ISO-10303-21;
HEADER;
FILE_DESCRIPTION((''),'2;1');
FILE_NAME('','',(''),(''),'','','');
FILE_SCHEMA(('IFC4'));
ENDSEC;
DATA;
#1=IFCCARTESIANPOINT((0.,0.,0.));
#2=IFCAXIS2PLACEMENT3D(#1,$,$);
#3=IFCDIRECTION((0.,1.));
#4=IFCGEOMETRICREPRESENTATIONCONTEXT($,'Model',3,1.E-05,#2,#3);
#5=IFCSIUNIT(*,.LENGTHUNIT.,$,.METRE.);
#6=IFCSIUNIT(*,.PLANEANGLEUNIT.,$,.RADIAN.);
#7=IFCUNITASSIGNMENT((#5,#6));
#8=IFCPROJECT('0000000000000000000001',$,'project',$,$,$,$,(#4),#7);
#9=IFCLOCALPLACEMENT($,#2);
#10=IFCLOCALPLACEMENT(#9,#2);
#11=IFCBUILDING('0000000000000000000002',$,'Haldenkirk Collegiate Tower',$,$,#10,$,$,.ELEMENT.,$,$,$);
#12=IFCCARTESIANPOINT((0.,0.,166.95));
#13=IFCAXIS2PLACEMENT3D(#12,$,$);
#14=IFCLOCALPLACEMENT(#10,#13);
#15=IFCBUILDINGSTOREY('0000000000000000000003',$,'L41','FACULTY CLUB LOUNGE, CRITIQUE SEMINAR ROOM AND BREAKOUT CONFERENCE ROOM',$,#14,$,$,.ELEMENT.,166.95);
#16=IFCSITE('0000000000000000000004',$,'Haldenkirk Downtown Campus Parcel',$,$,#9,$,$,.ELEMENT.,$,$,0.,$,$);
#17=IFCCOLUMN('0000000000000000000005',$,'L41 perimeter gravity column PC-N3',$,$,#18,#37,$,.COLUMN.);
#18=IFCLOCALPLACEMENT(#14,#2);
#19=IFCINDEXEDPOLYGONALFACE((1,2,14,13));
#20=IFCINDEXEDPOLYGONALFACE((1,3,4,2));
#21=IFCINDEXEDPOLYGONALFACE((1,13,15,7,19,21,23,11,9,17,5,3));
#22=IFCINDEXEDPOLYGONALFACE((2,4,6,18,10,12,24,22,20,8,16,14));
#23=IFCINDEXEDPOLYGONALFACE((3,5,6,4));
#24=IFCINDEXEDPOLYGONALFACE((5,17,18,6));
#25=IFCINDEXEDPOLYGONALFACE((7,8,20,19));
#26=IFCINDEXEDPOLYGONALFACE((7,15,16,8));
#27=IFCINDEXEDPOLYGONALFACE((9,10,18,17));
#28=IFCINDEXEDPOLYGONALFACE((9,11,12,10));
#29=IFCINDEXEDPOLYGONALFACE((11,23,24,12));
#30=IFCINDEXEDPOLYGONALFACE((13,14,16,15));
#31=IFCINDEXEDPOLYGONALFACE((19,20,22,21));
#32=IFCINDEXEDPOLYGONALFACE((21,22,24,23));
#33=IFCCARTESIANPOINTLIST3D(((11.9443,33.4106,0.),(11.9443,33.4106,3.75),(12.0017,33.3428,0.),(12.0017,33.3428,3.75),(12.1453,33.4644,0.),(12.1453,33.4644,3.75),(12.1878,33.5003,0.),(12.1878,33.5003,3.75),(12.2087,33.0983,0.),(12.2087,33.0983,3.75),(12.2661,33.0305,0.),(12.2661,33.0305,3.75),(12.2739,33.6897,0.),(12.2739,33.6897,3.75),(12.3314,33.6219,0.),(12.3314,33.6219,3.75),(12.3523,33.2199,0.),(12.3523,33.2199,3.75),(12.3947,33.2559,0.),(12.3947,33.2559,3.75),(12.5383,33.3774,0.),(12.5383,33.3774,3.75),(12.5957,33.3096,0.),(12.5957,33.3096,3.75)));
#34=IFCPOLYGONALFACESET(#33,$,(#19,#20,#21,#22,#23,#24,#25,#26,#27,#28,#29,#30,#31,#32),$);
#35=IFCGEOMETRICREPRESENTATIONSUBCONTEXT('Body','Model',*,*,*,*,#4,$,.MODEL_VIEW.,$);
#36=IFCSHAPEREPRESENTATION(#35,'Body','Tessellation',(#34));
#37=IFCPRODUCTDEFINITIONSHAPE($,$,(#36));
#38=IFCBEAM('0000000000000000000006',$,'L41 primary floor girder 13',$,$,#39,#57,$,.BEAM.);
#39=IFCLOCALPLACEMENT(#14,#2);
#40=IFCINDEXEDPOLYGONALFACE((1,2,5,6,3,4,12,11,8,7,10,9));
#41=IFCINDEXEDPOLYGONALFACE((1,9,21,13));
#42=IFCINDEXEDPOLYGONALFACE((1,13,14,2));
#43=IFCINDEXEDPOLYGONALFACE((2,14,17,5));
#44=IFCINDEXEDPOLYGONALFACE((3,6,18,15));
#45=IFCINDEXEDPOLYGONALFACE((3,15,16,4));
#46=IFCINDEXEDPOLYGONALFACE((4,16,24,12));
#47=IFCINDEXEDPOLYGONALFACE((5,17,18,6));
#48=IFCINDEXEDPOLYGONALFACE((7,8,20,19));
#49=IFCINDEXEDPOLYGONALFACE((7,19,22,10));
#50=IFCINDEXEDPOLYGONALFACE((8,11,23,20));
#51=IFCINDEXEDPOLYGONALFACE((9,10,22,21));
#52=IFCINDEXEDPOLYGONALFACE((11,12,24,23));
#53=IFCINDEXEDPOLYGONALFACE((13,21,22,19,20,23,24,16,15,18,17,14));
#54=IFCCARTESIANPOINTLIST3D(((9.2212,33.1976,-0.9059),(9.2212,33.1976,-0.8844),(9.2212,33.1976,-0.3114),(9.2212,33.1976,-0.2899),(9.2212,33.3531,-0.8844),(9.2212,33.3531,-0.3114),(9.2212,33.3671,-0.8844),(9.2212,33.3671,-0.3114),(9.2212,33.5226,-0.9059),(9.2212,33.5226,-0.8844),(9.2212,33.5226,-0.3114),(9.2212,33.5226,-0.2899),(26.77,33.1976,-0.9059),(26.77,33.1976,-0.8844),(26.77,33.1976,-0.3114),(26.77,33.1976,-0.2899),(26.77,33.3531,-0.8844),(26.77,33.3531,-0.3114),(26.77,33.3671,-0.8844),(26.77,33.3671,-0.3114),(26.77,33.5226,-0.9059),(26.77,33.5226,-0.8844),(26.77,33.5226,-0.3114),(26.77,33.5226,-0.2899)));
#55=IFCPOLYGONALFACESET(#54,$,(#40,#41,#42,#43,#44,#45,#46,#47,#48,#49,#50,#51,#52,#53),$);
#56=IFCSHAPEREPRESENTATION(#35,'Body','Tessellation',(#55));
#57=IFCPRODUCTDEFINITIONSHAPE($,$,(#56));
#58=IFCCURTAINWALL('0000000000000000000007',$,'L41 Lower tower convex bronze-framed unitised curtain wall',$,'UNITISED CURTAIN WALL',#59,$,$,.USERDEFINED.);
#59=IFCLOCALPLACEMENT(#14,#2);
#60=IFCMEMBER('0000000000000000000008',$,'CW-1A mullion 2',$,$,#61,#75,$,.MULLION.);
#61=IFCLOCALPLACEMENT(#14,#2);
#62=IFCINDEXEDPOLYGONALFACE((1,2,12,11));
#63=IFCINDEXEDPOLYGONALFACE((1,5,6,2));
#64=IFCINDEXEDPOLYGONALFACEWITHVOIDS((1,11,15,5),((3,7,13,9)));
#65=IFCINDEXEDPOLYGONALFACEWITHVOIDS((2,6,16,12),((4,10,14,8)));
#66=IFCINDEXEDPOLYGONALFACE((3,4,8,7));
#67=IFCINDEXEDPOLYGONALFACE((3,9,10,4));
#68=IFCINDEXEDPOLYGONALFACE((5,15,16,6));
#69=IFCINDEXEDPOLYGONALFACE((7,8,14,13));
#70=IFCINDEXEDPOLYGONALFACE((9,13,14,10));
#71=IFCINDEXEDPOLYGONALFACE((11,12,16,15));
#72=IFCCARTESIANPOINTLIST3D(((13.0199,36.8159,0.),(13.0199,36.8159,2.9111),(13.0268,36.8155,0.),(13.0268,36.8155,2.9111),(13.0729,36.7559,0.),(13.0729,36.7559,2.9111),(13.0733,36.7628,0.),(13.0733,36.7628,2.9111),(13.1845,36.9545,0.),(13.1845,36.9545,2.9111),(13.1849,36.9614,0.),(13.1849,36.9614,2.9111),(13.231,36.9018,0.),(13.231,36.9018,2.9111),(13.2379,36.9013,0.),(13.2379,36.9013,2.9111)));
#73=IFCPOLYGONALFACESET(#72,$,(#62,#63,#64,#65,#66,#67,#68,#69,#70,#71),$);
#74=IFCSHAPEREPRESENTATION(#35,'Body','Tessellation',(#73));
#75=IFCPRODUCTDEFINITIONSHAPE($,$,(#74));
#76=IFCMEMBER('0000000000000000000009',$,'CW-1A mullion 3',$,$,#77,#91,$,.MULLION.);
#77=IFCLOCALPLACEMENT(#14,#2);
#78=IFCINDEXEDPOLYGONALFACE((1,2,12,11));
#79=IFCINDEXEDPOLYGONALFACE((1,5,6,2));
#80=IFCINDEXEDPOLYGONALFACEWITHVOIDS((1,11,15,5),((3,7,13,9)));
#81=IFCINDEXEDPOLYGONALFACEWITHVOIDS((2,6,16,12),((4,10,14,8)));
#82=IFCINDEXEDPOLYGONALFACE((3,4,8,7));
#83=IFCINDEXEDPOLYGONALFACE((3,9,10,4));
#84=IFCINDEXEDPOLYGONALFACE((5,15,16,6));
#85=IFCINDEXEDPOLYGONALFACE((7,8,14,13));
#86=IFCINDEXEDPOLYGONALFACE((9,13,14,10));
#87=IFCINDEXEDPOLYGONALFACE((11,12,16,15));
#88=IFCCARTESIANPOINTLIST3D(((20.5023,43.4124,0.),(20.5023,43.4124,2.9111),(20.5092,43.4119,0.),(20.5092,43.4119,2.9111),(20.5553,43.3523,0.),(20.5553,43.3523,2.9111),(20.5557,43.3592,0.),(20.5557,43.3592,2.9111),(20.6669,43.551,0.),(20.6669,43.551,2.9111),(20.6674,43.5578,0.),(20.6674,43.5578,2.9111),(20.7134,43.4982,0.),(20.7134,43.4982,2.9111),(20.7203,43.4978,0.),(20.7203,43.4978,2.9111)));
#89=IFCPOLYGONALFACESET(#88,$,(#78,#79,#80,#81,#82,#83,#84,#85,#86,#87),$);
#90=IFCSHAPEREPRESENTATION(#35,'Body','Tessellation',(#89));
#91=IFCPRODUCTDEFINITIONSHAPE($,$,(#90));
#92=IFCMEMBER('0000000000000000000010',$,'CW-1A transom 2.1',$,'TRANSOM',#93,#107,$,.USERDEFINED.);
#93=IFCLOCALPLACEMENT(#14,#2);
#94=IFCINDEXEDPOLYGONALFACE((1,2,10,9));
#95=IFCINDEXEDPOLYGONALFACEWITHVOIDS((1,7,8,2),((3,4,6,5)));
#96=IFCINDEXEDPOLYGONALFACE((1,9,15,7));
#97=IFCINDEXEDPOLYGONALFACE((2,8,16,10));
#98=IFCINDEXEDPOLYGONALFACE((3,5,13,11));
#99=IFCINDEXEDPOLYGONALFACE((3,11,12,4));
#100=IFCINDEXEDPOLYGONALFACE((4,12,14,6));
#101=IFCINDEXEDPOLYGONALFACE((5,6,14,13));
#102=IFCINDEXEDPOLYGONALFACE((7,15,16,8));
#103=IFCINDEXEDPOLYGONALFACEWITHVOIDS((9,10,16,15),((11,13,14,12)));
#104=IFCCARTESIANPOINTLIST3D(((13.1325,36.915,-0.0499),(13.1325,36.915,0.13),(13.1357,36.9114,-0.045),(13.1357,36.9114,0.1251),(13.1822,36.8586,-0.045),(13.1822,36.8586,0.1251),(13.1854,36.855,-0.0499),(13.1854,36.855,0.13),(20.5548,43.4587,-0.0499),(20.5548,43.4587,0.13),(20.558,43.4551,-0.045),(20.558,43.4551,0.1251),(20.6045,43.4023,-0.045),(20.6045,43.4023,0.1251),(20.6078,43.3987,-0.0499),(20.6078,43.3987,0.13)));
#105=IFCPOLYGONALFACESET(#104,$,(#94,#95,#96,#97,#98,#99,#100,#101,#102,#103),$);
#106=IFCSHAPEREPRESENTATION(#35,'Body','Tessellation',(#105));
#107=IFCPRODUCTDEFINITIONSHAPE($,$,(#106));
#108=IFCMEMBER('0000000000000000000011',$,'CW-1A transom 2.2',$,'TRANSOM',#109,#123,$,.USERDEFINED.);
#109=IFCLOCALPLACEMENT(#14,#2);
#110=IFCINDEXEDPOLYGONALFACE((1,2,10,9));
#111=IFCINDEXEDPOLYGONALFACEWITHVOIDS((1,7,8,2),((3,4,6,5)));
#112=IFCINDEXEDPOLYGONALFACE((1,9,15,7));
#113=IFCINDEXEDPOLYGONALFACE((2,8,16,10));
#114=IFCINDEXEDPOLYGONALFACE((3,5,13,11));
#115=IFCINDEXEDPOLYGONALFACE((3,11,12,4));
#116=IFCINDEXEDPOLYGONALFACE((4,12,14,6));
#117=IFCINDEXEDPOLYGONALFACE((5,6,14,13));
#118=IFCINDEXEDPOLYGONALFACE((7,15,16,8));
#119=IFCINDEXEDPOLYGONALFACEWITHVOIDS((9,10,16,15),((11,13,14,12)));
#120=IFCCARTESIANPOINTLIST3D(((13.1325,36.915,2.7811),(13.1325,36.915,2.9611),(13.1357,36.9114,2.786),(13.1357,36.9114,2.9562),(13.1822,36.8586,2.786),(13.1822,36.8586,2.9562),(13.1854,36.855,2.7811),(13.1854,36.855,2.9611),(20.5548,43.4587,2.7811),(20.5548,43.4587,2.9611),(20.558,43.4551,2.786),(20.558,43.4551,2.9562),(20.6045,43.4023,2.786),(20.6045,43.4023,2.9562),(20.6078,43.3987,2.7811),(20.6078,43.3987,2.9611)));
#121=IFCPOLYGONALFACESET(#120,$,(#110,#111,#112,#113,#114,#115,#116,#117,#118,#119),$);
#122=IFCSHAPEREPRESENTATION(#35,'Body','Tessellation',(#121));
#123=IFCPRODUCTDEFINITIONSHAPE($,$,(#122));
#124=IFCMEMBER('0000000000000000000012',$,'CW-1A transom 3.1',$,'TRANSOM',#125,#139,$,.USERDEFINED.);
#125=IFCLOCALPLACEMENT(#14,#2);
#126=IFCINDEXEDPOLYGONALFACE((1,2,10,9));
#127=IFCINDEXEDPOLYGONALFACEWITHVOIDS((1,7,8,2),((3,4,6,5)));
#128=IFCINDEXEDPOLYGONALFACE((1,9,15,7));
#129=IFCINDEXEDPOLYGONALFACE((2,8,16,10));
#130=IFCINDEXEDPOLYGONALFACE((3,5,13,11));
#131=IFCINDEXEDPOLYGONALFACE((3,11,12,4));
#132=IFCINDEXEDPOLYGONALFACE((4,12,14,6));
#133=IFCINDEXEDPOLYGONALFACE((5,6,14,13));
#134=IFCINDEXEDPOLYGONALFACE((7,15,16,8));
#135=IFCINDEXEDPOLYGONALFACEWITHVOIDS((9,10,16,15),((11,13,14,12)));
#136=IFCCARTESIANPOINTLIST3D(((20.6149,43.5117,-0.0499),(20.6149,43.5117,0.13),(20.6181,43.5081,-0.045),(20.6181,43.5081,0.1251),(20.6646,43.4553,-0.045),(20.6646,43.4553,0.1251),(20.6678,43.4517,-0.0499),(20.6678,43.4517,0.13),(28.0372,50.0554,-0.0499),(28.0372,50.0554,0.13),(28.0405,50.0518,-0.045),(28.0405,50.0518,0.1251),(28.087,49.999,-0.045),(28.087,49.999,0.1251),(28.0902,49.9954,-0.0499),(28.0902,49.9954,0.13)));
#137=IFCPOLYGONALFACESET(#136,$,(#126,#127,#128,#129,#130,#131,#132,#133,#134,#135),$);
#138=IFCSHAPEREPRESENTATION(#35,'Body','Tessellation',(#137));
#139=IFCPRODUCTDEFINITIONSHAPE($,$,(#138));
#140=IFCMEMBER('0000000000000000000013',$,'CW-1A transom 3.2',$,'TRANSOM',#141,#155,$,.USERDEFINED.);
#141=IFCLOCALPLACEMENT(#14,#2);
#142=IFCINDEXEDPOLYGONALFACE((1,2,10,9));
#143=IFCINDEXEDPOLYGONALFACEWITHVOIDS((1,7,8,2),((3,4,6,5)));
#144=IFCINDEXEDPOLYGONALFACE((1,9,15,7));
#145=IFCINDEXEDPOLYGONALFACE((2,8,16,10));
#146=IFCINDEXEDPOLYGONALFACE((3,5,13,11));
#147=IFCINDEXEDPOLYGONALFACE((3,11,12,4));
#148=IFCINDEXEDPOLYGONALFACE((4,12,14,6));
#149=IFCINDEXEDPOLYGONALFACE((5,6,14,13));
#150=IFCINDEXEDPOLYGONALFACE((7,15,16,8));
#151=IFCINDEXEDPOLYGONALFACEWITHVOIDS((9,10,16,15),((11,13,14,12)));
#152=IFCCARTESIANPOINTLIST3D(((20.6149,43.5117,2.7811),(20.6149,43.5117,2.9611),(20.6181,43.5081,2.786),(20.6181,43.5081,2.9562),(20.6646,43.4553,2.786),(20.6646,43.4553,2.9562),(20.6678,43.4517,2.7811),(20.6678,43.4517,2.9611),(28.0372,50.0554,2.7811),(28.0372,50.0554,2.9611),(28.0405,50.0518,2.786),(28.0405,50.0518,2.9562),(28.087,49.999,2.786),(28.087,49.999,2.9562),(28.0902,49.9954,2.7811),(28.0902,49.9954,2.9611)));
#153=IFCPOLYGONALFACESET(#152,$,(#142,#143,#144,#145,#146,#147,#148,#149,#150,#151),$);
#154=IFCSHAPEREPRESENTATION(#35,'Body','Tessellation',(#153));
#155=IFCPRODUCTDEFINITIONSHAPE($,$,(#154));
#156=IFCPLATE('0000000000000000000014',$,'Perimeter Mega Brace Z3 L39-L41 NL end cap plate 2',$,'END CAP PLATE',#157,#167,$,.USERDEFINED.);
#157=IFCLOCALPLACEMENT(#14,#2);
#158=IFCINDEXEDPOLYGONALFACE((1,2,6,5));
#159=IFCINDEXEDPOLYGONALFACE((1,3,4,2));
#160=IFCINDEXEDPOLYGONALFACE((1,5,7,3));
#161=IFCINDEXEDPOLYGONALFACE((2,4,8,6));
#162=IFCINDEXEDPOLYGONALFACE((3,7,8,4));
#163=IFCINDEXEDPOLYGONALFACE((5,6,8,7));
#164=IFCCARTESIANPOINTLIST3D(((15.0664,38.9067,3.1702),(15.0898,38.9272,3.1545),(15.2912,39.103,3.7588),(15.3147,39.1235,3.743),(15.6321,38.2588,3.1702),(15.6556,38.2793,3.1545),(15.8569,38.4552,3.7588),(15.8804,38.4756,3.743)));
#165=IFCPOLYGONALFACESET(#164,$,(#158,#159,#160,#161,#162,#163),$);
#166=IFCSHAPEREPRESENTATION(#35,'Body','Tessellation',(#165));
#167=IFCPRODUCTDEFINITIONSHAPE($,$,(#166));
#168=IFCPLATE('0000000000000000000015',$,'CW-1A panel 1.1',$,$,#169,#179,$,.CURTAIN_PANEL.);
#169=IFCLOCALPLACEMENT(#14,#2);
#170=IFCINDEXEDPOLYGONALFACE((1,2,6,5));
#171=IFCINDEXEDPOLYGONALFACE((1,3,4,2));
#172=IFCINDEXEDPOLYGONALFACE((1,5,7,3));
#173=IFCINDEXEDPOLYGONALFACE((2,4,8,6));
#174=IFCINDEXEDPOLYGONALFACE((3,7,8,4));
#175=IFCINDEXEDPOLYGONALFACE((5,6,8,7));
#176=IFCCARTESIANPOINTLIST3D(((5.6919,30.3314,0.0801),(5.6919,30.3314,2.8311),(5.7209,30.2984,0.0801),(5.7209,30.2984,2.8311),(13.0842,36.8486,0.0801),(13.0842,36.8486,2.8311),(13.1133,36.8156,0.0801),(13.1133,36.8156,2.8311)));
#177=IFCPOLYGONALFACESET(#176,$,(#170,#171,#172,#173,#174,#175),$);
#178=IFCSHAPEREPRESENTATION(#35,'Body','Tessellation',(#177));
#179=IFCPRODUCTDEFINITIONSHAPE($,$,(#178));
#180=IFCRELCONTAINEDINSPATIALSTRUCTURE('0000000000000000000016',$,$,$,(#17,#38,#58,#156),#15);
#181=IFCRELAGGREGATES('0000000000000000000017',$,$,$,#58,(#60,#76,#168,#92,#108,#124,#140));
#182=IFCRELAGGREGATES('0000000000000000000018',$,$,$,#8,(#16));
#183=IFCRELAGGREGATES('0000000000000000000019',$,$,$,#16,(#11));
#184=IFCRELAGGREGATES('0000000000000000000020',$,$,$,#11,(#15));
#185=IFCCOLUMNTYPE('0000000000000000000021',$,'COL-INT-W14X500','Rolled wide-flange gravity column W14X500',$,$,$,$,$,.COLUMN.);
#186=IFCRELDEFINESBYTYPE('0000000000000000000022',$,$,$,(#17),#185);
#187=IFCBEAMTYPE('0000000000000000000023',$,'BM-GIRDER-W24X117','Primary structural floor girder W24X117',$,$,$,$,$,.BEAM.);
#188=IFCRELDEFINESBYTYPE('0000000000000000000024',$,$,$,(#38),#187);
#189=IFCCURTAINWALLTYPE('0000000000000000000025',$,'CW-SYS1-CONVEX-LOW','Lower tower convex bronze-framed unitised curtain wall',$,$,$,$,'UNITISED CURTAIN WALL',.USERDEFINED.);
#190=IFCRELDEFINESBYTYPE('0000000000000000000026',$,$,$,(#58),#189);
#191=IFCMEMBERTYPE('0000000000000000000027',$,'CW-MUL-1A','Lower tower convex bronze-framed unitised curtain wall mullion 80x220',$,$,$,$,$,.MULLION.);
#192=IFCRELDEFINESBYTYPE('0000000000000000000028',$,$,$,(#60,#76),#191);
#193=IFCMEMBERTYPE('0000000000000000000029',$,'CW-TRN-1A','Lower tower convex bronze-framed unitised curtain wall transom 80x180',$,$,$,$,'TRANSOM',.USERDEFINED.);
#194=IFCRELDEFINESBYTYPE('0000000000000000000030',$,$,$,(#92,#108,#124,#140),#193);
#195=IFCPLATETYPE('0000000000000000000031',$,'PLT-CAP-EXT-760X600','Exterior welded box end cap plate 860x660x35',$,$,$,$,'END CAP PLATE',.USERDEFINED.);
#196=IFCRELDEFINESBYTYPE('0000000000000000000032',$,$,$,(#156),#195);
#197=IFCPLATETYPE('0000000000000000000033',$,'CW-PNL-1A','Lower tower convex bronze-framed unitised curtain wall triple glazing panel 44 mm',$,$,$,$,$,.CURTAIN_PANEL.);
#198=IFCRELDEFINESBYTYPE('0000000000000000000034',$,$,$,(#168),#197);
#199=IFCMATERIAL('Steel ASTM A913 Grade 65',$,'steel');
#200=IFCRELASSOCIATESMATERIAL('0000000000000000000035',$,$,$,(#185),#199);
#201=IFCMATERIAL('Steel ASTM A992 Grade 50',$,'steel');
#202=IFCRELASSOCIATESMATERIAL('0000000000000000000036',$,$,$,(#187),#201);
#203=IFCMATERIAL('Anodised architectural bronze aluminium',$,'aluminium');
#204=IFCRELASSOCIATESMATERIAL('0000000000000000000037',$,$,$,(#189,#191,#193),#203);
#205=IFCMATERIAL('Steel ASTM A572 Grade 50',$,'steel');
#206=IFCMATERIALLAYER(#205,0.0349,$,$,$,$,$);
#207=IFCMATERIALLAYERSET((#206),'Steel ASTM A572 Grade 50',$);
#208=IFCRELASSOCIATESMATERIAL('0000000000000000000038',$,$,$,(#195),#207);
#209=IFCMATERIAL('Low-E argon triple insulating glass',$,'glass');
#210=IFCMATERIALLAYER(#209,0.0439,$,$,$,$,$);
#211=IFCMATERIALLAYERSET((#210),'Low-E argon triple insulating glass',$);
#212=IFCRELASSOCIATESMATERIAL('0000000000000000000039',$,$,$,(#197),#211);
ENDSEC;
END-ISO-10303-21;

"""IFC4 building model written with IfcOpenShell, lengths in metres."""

from ifc_helpers import new_model, si_unit, direction, frame, origin, origin_2d, place, context, subcontext, project, spatial, rectangle, hollow_rectangle, i_section, extrude, source, transform, mapped, material, layer, layer_set, material_profile, profile_set, type_object, element, aggregate, save


model = new_model("IFC4")

# Units and contexts
model_context = context("Model", 3, precision=1e-05, world=origin(), true_north=direction((0.0, 1.0)))
body_context = subcontext(model_context, "Body", "Model", "MODEL_VIEW")
ifc_project = project(units=[si_unit("LENGTHUNIT", "METRE"), si_unit("PLANEANGLEUNIT", "RADIAN")], contexts=[model_context])

# Site, building, storey
site_placement = place(None, origin())
site = spatial("IfcSite", under=ifc_project, at=site_placement, Name="Haldenkirk Downtown Campus Parcel", CompositionType="ELEMENT", RefElevation=0.0)
building_placement = place(site_placement, origin())
building = spatial("IfcBuilding", under=site, at=building_placement, Name="Haldenkirk Collegiate Tower", CompositionType="ELEMENT")
storey_placement = place(building_placement, frame((0.0, 0.0, 166.95)))
storey = spatial("IfcBuildingStorey", under=building, at=storey_placement, Name="L41", Description="FACULTY CLUB LOUNGE, CRITIQUE SEMINAR ROOM AND BREAKOUT CONFERENCE ROOM", CompositionType="ELEMENT", Elevation=166.95)

# Column
ifc_material_1 = material(Name="Steel ASTM A913 Grade 65", Category="steel")
ifc_material_profile_1 = material_profile(ifc_material_1, i_section(OverallWidth=0.4319, OverallDepth=0.498, WebThickness=0.0557, FlangeThickness=0.0889, at=origin_2d()), Name="W14X500")
ifc_profile_set_1 = profile_set([ifc_material_profile_1], Name="Steel ASTM A913 Grade 65")
column_type = type_object("IfcColumnType", Name="COL-INT-W14X500", Description="Rolled wide-flange gravity column W14X500", PredefinedType="COLUMN", material=ifc_profile_set_1)
column_placement = place(storey_placement, frame((12.27, 33.3601, 0.0), z_axis=(0.0, 0.0, 1.0), x_axis=(0.763232, 0.646124, 0.0)))
element("IfcColumn", 1, at=column_placement, inside=storey, type_object=column_type, Name="L41 perimeter gravity column PC-N3", PredefinedType="COLUMN", context=body_context, shape_type="SweptSolid", body=[
    extrude(i_section(OverallWidth=0.4319, OverallDepth=0.498, WebThickness=0.0557, FlangeThickness=0.0889, at=origin_2d()), origin(), (0.0, 0.0, 1.0), 3.75),
])

# Beam
ifc_material_2 = material(Name="Steel ASTM A992 Grade 50", Category="steel")
ifc_material_profile_2 = material_profile(ifc_material_2, i_section(OverallWidth=0.325, OverallDepth=0.616, WebThickness=0.0139, FlangeThickness=0.0215, at=origin_2d()), Name="W24X117")
ifc_profile_set_2 = profile_set([ifc_material_profile_2], Name="Steel ASTM A992 Grade 50")
beam_type = type_object("IfcBeamType", Name="BM-GIRDER-W24X117", Description="Primary structural floor girder W24X117", PredefinedType="BEAM", material=ifc_profile_set_2)
beam_placement = place(storey_placement, frame((9.2212, 33.3601, -0.5979), z_axis=(1.0, 0.0, 0.0), x_axis=(0.0, 1.0, 0.0)))
element("IfcBeam", 2, at=beam_placement, inside=storey, type_object=beam_type, Name="L41 primary floor girder 13", PredefinedType="BEAM", context=body_context, shape_type="SweptSolid", body=[
    extrude(i_section(OverallWidth=0.325, OverallDepth=0.616, WebThickness=0.0139, FlangeThickness=0.0215, at=origin_2d()), origin(), (0.0, 0.0, 1.0), 17.5488),
])

# Curtain wall, members
ifc_material_3 = material(Name="Anodised architectural bronze aluminium", Category="aluminium")
curtain_wall_type = type_object("IfcCurtainWallType", Name="CW-SYS1-CONVEX-LOW", Description="Lower tower convex bronze-framed unitised curtain wall", ElementType="UNITISED CURTAIN WALL", PredefinedType="USERDEFINED", material=ifc_material_3)
curtain_wall_placement = place(storey_placement, origin())
curtain_wall = element("IfcCurtainWall", 3, at=curtain_wall_placement, inside=storey, type_object=curtain_wall_type, Name="L41 Lower tower convex bronze-framed unitised curtain wall", ObjectType="UNITISED CURTAIN WALL", PredefinedType="USERDEFINED")
ifc_material_profile_3 = material_profile(ifc_material_3, hollow_rectangle(XDim=0.0801, YDim=0.22, WallThickness=0.0049, at=origin_2d()), Name="CW-MUL-1A")
ifc_profile_set_3 = profile_set([ifc_material_profile_3], Name="Anodised architectural bronze aluminium")
member_type_1 = type_object("IfcMemberType", Name="CW-MUL-1A", Description="Lower tower convex bronze-framed unitised curtain wall mullion 80x220", PredefinedType="MULLION", material=ifc_profile_set_3)
member_1_placement = place(storey_placement, frame((13.1289, 36.8586, 0.0), z_axis=(0.0, 0.0, 1.0), x_axis=(-0.66131, 0.750112, 0.0)))
member_1 = element("IfcMember", 4, at=member_1_placement, type_object=member_type_1, Name="CW-1A mullion 2", PredefinedType="MULLION", context=body_context, shape_type="SweptSolid", body=[
    extrude(hollow_rectangle(XDim=0.0801, YDim=0.22, WallThickness=0.0049, at=origin_2d()), origin(), (0.0, 0.0, 1.0), 2.9111),
])
member_2_placement = place(storey_placement, frame((20.6113, 43.4551, 0.0), z_axis=(0.0, 0.0, 1.0), x_axis=(-0.66131, 0.750112, 0.0)))
member_2 = element("IfcMember", 5, at=member_2_placement, type_object=member_type_1, Name="CW-1A mullion 3", PredefinedType="MULLION", context=body_context, shape_type="SweptSolid", body=[
    extrude(hollow_rectangle(XDim=0.0801, YDim=0.22, WallThickness=0.0049, at=origin_2d()), origin(), (0.0, 0.0, 1.0), 2.9111),
])
ifc_material_profile_4 = material_profile(ifc_material_3, hollow_rectangle(XDim=0.0801, YDim=0.1799, WallThickness=0.0049, at=origin_2d()), Name="CW-TRN-1A")
ifc_profile_set_4 = profile_set([ifc_material_profile_4], Name="Anodised architectural bronze aluminium")
member_type_2 = type_object("IfcMemberType", Name="CW-TRN-1A", Description="Lower tower convex bronze-framed unitised curtain wall transom 80x180", ElementType="TRANSOM", PredefinedType="USERDEFINED", material=ifc_profile_set_4)
member_3_placement = place(storey_placement, frame((13.1589, 36.885, 0.04), z_axis=(0.750111, 0.661312, 0.0), x_axis=(-0.661312, 0.750111, 0.0)))
member_3 = element("IfcMember", 6, at=member_3_placement, type_object=member_type_2, Name="CW-1A transom 2.1", ObjectType="TRANSOM", PredefinedType="USERDEFINED", context=body_context, shape_type="SweptSolid", body=[
    extrude(hollow_rectangle(XDim=0.0801, YDim=0.1799, WallThickness=0.0049, at=origin_2d()), origin(), (0.0, 0.0, 1.0), 9.895),
])
member_4_placement = place(storey_placement, frame((13.1589, 36.885, 2.8711), z_axis=(0.750111, 0.661312, 0.0), x_axis=(-0.661312, 0.750111, 0.0)))
member_4 = element("IfcMember", 7, at=member_4_placement, type_object=member_type_2, Name="CW-1A transom 2.2", ObjectType="TRANSOM", PredefinedType="USERDEFINED", context=body_context, shape_type="SweptSolid", body=[
    extrude(hollow_rectangle(XDim=0.0801, YDim=0.1799, WallThickness=0.0049, at=origin_2d()), origin(), (0.0, 0.0, 1.0), 9.895),
])
member_5_placement = place(storey_placement, frame((20.6414, 43.4817, 0.04), z_axis=(0.750111, 0.661312, 0.0), x_axis=(-0.661312, 0.750111, 0.0)))
member_5 = element("IfcMember", 8, at=member_5_placement, type_object=member_type_2, Name="CW-1A transom 3.1", ObjectType="TRANSOM", PredefinedType="USERDEFINED", context=body_context, shape_type="SweptSolid", body=[
    extrude(hollow_rectangle(XDim=0.0801, YDim=0.1799, WallThickness=0.0049, at=origin_2d()), origin(), (0.0, 0.0, 1.0), 9.895),
])
member_6_placement = place(storey_placement, frame((20.6414, 43.4817, 2.8711), z_axis=(0.750111, 0.661312, 0.0), x_axis=(-0.661312, 0.750111, 0.0)))
member_6 = element("IfcMember", 9, at=member_6_placement, type_object=member_type_2, Name="CW-1A transom 3.2", ObjectType="TRANSOM", PredefinedType="USERDEFINED", context=body_context, shape_type="SweptSolid", body=[
    extrude(hollow_rectangle(XDim=0.0801, YDim=0.1799, WallThickness=0.0049, at=origin_2d()), origin(), (0.0, 0.0, 1.0), 9.895),
])

# Plates
ifc_material_4 = material(Name="Steel ASTM A572 Grade 50", Category="steel")
ifc_layer_1 = layer(ifc_material_4, 0.0349)
ifc_layer_set_1 = layer_set([ifc_layer_1], Name="Steel ASTM A572 Grade 50")
plate_type_1 = type_object("IfcPlateType", Name="PLT-CAP-EXT-760X600", Description="Exterior welded box end cap plate 860x660x35", ElementType="END CAP PLATE", PredefinedType="USERDEFINED", material=ifc_layer_set_1)
shared_shape_1 = source(origin(), body_context, "Body", "SweptSolid", [
    extrude(rectangle(XDim=0.8601, YDim=0.6599, at=origin_2d()), origin(), (0.0, 0.0, 1.0), 0.0349),
])
plate_1_placement = place(storey_placement, frame((15.4851, 38.7014, 3.4487), z_axis=(-0.671789, -0.58661, 0.452314), x_axis=(0.657739, -0.753246, 0.0)))
element("IfcPlate", 10, at=plate_1_placement, inside=storey, type_object=plate_type_1, Name="Perimeter Mega Brace Z3 L39-L41 NL end cap plate 2", ObjectType="END CAP PLATE", PredefinedType="USERDEFINED", context=body_context, shape_type="MappedRepresentation", body=[
    mapped(shared_shape_1, transform((0.0, 0.0, 0.0), x_axis=(1.0, 0.0, 0.0), y_axis=(0.0, 1.0, 0.0), z_axis=(0.0, 0.0, 1.0), scale=1.0)),
])
ifc_material_5 = material(Name="Low-E argon triple insulating glass", Category="glass")
ifc_layer_2 = layer(ifc_material_5, 0.0439)
ifc_layer_set_2 = layer_set([ifc_layer_2], Name="Low-E argon triple insulating glass")
plate_type_2 = type_object("IfcPlateType", Name="CW-PNL-1A", Description="Lower tower convex bronze-framed unitised curtain wall triple glazing panel 44 mm", PredefinedType="CURTAIN_PANEL", material=ifc_layer_set_2)
shared_shape_2 = source(origin(), body_context, "Body", "SweptSolid", [
    extrude(rectangle(XDim=9.855, YDim=0.0439, at=origin_2d()), origin(), (0.0, 0.0, 1.0), 2.751),
])
plate_2_placement = place(storey_placement, frame((9.4026, 33.5735, 0.0801), z_axis=(0.0, 0.0, 1.0), x_axis=(0.750112, 0.66131, 0.0)))
plate_2 = element("IfcPlate", 11, at=plate_2_placement, type_object=plate_type_2, Name="CW-1A panel 1.1", PredefinedType="CURTAIN_PANEL", context=body_context, shape_type="MappedRepresentation", body=[
    mapped(shared_shape_2, transform((0.0, 0.0, 0.0), x_axis=(1.0, 0.0, 0.0), y_axis=(0.0, 1.0, 0.0), z_axis=(0.0, 0.0, 1.0), scale=1.0)),
])
aggregate(curtain_wall, [member_1, member_2, plate_2, member_3, member_4, member_5, member_6])

save(model, "model.ifc")
